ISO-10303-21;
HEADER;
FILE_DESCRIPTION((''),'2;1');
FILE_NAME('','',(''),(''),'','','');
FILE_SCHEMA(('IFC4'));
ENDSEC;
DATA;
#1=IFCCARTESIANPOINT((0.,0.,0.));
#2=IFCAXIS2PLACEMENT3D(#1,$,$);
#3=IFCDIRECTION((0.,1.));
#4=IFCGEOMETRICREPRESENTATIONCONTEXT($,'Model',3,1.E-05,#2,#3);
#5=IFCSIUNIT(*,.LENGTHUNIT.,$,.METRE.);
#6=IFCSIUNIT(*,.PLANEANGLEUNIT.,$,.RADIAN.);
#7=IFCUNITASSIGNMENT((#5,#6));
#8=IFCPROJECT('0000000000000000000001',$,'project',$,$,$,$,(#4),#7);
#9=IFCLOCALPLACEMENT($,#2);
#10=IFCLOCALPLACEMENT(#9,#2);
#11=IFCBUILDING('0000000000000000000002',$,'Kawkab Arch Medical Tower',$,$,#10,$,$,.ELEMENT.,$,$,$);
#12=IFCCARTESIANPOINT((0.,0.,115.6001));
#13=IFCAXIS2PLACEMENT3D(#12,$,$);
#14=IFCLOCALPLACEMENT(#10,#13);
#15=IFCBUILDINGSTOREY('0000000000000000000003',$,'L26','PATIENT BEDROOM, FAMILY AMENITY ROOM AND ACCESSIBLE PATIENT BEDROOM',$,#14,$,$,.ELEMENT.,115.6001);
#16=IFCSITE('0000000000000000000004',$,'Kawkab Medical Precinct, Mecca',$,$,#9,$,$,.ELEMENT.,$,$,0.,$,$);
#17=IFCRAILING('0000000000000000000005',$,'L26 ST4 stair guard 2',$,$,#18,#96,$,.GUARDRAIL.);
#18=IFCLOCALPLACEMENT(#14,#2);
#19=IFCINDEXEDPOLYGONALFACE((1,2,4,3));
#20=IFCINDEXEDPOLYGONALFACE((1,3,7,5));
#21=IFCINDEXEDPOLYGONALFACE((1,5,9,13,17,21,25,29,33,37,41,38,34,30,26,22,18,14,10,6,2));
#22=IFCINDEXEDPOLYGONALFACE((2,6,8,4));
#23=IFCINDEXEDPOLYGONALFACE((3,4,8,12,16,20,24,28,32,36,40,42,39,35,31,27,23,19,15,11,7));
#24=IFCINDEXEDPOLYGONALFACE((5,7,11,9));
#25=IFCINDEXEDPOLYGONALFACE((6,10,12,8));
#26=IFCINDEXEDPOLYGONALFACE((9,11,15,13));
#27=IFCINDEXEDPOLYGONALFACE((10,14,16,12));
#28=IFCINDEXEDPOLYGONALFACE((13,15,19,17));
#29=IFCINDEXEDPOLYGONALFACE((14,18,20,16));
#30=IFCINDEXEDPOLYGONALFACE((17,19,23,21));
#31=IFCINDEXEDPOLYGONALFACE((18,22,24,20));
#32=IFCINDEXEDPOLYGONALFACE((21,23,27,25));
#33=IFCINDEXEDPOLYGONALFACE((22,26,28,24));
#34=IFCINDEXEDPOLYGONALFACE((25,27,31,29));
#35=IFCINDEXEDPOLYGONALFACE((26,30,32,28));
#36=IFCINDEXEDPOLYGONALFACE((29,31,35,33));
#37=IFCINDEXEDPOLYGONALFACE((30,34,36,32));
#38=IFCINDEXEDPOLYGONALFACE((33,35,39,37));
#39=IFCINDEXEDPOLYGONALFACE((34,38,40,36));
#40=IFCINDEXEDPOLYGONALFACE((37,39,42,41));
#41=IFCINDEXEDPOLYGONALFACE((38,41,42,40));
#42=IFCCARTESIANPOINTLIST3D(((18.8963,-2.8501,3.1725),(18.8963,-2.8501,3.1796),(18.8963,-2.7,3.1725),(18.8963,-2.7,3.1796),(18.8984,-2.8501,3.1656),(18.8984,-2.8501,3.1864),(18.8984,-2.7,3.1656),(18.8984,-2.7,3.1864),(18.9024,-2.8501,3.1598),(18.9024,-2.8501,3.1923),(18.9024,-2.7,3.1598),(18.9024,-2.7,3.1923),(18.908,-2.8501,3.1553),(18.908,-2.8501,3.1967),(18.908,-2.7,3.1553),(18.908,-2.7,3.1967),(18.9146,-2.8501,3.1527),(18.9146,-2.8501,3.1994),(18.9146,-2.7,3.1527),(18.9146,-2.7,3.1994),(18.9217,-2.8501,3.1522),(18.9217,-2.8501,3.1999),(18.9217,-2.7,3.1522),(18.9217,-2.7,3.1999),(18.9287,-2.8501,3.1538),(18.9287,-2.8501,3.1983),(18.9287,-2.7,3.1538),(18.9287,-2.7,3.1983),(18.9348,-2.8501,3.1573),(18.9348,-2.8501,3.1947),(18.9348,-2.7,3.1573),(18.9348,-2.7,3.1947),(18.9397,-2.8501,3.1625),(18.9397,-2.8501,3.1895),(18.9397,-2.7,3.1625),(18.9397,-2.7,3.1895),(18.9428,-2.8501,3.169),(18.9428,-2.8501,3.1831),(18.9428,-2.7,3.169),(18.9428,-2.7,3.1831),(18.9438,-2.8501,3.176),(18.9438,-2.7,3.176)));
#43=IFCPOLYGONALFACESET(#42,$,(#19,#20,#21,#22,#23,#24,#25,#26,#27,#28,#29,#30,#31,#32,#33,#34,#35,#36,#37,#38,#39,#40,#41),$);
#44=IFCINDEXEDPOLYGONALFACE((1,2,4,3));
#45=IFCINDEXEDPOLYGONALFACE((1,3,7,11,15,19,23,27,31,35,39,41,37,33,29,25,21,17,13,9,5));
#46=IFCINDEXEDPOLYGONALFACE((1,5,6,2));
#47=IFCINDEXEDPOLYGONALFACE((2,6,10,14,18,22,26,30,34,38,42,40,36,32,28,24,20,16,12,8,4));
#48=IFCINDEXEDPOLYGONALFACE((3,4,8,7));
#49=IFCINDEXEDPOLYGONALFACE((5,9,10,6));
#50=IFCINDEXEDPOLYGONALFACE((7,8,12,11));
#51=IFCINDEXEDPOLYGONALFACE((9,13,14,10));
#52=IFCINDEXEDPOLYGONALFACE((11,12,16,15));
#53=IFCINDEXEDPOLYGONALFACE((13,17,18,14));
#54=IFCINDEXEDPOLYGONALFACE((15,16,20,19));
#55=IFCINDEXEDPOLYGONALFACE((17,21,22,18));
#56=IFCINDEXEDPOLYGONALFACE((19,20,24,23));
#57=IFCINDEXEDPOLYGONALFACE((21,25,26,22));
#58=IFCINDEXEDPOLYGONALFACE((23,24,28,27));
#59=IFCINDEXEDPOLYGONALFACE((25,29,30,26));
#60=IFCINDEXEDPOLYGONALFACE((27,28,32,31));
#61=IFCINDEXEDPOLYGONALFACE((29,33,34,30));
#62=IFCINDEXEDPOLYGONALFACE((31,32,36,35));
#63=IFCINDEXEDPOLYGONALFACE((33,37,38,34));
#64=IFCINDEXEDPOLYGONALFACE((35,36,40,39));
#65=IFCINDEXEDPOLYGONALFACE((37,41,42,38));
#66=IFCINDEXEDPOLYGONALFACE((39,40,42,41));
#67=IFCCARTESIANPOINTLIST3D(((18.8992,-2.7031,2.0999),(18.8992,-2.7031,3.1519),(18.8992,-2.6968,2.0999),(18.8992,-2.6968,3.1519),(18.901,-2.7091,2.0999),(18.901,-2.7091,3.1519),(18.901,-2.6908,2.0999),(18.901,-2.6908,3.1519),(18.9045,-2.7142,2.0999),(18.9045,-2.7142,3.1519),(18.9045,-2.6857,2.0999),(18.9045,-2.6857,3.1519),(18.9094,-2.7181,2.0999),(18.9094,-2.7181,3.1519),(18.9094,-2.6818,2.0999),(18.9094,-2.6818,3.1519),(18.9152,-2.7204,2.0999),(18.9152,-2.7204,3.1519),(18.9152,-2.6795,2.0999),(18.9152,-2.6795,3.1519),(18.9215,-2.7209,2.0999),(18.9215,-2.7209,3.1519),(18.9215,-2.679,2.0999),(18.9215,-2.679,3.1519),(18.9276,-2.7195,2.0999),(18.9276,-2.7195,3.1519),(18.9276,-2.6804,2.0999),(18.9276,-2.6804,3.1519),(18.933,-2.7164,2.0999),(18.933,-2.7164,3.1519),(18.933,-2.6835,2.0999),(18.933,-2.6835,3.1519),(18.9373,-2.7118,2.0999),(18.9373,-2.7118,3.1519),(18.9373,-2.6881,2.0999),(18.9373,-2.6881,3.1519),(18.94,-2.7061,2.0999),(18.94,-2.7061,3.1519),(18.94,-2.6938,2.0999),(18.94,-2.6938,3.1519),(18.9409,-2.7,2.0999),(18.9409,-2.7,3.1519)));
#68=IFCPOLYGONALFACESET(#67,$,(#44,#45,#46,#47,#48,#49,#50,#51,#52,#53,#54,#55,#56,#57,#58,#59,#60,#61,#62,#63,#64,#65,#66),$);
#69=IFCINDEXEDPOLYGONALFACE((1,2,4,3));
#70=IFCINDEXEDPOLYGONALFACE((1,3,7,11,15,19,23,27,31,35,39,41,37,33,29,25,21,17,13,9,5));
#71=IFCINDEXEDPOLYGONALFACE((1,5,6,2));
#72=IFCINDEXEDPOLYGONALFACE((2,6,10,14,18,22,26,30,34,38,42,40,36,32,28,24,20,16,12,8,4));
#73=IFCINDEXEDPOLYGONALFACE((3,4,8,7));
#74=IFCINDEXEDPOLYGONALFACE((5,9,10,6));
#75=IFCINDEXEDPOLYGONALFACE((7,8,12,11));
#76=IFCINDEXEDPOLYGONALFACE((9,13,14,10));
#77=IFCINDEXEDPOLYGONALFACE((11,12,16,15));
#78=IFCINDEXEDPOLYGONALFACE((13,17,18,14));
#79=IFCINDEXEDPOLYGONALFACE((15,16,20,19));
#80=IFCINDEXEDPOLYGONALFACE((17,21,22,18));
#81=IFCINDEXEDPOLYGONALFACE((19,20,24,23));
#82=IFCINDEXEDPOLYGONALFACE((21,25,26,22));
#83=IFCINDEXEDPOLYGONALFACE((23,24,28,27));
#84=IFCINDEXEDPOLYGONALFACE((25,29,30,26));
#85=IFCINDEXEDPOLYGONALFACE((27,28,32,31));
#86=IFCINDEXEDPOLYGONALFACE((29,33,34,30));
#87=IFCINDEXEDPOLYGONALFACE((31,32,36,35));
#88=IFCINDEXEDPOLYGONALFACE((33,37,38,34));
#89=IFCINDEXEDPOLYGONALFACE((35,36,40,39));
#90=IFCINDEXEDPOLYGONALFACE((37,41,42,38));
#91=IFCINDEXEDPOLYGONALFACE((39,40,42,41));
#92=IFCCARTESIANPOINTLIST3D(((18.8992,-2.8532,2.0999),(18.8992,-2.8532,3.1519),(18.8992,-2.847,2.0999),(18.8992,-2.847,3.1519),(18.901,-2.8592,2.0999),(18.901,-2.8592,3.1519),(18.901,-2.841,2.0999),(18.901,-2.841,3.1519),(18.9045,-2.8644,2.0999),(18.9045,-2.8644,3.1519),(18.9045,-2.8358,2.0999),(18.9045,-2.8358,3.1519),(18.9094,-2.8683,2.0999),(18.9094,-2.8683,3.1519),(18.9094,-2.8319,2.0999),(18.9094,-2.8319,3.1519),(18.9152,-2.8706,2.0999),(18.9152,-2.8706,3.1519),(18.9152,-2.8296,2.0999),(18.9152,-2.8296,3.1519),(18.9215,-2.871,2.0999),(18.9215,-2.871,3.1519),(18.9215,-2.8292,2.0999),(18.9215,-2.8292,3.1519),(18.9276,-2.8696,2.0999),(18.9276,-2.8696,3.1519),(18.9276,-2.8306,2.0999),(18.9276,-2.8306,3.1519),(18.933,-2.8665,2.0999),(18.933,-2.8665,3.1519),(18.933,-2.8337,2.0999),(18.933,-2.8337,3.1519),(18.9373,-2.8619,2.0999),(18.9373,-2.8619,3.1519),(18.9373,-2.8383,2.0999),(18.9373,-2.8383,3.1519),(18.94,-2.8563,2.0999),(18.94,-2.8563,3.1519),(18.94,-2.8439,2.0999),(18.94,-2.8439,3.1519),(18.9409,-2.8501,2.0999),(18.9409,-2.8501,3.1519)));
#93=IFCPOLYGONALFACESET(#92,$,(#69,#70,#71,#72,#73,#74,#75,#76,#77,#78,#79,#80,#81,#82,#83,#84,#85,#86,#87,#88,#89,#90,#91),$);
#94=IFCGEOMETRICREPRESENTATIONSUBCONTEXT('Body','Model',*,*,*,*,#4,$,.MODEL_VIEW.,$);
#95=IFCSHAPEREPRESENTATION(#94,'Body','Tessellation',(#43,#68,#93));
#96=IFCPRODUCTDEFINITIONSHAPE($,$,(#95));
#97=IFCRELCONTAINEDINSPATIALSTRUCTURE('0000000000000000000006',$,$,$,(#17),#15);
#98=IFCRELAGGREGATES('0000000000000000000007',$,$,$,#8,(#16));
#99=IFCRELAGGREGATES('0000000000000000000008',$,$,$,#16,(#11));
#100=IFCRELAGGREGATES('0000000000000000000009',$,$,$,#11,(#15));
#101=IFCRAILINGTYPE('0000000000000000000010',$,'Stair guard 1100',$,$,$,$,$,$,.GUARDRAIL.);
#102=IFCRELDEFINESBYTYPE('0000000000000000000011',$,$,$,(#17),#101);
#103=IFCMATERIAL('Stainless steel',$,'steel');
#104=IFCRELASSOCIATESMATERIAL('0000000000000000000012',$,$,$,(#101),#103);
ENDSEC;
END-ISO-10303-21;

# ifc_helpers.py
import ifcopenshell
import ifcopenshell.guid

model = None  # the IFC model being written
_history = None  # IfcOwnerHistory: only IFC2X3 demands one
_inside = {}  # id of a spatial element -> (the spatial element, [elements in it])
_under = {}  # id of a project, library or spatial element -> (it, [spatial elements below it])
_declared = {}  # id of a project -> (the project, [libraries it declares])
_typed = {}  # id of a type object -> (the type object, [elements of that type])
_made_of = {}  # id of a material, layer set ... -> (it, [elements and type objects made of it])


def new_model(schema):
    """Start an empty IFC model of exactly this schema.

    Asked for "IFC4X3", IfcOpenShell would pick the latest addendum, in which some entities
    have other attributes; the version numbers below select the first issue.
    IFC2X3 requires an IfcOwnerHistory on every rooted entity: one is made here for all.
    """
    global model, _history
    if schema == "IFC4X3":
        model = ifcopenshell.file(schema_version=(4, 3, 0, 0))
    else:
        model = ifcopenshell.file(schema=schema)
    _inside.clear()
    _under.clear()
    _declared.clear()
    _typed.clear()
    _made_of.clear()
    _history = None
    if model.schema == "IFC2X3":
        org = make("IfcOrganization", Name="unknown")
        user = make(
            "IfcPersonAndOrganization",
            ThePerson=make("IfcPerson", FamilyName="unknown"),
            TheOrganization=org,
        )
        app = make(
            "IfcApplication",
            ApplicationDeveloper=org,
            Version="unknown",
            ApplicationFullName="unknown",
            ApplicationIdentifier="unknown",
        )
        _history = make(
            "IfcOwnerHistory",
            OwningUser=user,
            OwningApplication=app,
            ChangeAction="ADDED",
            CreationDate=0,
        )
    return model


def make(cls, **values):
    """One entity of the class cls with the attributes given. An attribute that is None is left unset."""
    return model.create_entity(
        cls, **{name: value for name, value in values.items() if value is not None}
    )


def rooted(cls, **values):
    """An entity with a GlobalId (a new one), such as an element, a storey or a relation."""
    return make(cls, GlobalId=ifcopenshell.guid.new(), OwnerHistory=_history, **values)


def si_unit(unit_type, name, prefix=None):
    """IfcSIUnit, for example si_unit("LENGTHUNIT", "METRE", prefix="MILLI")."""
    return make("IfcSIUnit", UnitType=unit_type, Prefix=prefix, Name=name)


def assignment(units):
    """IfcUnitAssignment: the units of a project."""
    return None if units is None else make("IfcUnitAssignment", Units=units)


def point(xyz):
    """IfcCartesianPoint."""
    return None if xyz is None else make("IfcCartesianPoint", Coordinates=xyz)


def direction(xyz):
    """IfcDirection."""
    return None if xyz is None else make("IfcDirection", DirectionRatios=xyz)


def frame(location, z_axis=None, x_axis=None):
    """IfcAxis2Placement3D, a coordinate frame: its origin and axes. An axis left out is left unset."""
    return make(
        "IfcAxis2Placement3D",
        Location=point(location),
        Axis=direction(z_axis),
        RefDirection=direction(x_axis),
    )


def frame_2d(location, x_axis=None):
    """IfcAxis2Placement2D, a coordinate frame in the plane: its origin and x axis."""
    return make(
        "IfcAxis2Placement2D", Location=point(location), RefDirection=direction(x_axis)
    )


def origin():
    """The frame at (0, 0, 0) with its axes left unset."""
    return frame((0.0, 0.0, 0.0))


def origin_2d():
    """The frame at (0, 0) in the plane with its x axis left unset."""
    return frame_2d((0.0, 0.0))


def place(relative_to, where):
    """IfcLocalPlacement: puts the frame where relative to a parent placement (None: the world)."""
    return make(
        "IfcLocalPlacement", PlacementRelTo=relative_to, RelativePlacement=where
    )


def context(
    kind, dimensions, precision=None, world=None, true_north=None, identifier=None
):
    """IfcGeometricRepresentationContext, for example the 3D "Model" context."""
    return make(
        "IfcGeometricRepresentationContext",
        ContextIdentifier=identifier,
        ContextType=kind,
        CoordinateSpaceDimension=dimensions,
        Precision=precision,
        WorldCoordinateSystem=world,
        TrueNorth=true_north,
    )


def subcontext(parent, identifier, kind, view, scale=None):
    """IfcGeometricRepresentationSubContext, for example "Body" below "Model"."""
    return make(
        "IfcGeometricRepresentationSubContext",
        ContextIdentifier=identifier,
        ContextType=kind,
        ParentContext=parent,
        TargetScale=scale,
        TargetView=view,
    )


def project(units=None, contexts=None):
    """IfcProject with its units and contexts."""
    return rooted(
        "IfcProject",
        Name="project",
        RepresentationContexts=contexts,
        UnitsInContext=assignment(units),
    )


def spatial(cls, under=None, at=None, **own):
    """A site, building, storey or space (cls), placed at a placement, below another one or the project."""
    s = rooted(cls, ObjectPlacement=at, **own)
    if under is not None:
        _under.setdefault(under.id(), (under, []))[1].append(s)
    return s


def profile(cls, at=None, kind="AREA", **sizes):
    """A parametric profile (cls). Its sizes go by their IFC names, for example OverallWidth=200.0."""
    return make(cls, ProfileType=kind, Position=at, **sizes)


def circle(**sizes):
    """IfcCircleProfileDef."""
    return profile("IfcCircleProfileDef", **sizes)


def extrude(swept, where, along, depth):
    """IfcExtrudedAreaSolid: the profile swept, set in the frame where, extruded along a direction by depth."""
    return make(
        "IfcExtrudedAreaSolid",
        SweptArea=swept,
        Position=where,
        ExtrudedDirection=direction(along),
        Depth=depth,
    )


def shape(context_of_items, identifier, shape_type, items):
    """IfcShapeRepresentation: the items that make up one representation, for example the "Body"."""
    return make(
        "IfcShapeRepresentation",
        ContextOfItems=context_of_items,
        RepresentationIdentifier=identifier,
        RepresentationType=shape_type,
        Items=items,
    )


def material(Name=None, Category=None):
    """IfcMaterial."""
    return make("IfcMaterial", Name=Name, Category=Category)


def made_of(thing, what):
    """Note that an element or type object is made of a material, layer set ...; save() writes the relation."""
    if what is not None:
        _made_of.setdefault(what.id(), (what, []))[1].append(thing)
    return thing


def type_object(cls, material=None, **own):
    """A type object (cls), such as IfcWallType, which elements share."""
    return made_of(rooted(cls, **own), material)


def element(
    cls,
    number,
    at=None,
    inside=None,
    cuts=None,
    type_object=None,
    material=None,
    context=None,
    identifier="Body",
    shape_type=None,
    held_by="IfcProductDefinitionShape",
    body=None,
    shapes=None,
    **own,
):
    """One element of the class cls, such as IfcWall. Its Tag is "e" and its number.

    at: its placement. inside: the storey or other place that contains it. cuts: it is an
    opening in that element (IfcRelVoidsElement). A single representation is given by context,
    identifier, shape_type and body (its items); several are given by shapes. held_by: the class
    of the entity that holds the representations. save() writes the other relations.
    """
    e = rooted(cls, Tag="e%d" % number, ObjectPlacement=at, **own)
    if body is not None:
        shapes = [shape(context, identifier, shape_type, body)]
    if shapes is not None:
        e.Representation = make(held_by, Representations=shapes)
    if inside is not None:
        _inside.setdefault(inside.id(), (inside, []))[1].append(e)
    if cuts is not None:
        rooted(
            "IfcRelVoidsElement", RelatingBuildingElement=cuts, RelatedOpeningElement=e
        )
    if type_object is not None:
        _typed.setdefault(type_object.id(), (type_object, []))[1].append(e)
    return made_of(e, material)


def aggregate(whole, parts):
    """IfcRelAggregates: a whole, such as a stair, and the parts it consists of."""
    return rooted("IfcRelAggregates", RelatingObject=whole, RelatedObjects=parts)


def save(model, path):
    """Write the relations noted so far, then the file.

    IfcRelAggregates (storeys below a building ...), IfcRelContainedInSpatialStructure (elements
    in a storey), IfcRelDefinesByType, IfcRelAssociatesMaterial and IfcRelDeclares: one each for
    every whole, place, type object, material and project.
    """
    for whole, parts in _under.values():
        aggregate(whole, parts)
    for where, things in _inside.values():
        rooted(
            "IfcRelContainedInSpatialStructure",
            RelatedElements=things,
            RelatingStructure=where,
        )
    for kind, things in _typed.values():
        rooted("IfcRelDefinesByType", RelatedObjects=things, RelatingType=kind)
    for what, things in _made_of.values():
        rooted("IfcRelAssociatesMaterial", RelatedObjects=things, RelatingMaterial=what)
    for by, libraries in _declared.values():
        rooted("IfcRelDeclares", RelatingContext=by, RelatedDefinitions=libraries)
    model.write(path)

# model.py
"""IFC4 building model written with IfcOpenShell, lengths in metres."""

from ifc_helpers import new_model, si_unit, direction, frame, origin, origin_2d, place, context, subcontext, project, spatial, circle, extrude, material, type_object, element, save


model = new_model("IFC4")

# Units and contexts
model_context = context("Model", 3, precision=1e-05, world=origin(), true_north=direction((0.0, 1.0)))
body_context = subcontext(model_context, "Body", "Model", "MODEL_VIEW")
ifc_project = project(units=[si_unit("LENGTHUNIT", "METRE"), si_unit("PLANEANGLEUNIT", "RADIAN")], contexts=[model_context])

# Site, building, storey
site_placement = place(None, origin())
site = spatial("IfcSite", under=ifc_project, at=site_placement, Name="Kawkab Medical Precinct, Mecca", CompositionType="ELEMENT", RefElevation=0.0)
building_placement = place(site_placement, origin())
building = spatial("IfcBuilding", under=site, at=building_placement, Name="Kawkab Arch Medical Tower", CompositionType="ELEMENT")
storey_placement = place(building_placement, frame((0.0, 0.0, 115.6001)))
storey = spatial("IfcBuildingStorey", under=building, at=storey_placement, Name="L26", Description="PATIENT BEDROOM, FAMILY AMENITY ROOM AND ACCESSIBLE PATIENT BEDROOM", CompositionType="ELEMENT", Elevation=115.6001)

# Railing
ifc_material_1 = material(Name="Stainless steel", Category="steel")
railing_type_1 = type_object("IfcRailingType", Name="Stair guard 1100", PredefinedType="GUARDRAIL", material=ifc_material_1)
railing_1_placement = place(storey_placement, frame((18.9199, -2.7, 2.0999)))
element("IfcRailing", 1, at=railing_1_placement, inside=storey, type_object=railing_type_1, Name="L26 ST4 stair guard 2", PredefinedType="GUARDRAIL", context=body_context, shape_type="SweptSolid", body=[
    extrude(circle(Radius=0.0239, at=origin_2d()), frame((0.0, 0.0, 1.0762), z_axis=(0.0, -1.0, 0.0), x_axis=(1.0, 0.0, 0.0)), (0.0, 0.0, 1.0), 0.1501),
    extrude(circle(Radius=0.021, at=origin_2d()), origin(), (0.0, 0.0, 1.0), 1.052),
    extrude(circle(Radius=0.021, at=origin_2d()), frame((0.0, -0.1501, 0.0)), (0.0, 0.0, 1.0), 1.052),
])

save(model, "model.ifc")
